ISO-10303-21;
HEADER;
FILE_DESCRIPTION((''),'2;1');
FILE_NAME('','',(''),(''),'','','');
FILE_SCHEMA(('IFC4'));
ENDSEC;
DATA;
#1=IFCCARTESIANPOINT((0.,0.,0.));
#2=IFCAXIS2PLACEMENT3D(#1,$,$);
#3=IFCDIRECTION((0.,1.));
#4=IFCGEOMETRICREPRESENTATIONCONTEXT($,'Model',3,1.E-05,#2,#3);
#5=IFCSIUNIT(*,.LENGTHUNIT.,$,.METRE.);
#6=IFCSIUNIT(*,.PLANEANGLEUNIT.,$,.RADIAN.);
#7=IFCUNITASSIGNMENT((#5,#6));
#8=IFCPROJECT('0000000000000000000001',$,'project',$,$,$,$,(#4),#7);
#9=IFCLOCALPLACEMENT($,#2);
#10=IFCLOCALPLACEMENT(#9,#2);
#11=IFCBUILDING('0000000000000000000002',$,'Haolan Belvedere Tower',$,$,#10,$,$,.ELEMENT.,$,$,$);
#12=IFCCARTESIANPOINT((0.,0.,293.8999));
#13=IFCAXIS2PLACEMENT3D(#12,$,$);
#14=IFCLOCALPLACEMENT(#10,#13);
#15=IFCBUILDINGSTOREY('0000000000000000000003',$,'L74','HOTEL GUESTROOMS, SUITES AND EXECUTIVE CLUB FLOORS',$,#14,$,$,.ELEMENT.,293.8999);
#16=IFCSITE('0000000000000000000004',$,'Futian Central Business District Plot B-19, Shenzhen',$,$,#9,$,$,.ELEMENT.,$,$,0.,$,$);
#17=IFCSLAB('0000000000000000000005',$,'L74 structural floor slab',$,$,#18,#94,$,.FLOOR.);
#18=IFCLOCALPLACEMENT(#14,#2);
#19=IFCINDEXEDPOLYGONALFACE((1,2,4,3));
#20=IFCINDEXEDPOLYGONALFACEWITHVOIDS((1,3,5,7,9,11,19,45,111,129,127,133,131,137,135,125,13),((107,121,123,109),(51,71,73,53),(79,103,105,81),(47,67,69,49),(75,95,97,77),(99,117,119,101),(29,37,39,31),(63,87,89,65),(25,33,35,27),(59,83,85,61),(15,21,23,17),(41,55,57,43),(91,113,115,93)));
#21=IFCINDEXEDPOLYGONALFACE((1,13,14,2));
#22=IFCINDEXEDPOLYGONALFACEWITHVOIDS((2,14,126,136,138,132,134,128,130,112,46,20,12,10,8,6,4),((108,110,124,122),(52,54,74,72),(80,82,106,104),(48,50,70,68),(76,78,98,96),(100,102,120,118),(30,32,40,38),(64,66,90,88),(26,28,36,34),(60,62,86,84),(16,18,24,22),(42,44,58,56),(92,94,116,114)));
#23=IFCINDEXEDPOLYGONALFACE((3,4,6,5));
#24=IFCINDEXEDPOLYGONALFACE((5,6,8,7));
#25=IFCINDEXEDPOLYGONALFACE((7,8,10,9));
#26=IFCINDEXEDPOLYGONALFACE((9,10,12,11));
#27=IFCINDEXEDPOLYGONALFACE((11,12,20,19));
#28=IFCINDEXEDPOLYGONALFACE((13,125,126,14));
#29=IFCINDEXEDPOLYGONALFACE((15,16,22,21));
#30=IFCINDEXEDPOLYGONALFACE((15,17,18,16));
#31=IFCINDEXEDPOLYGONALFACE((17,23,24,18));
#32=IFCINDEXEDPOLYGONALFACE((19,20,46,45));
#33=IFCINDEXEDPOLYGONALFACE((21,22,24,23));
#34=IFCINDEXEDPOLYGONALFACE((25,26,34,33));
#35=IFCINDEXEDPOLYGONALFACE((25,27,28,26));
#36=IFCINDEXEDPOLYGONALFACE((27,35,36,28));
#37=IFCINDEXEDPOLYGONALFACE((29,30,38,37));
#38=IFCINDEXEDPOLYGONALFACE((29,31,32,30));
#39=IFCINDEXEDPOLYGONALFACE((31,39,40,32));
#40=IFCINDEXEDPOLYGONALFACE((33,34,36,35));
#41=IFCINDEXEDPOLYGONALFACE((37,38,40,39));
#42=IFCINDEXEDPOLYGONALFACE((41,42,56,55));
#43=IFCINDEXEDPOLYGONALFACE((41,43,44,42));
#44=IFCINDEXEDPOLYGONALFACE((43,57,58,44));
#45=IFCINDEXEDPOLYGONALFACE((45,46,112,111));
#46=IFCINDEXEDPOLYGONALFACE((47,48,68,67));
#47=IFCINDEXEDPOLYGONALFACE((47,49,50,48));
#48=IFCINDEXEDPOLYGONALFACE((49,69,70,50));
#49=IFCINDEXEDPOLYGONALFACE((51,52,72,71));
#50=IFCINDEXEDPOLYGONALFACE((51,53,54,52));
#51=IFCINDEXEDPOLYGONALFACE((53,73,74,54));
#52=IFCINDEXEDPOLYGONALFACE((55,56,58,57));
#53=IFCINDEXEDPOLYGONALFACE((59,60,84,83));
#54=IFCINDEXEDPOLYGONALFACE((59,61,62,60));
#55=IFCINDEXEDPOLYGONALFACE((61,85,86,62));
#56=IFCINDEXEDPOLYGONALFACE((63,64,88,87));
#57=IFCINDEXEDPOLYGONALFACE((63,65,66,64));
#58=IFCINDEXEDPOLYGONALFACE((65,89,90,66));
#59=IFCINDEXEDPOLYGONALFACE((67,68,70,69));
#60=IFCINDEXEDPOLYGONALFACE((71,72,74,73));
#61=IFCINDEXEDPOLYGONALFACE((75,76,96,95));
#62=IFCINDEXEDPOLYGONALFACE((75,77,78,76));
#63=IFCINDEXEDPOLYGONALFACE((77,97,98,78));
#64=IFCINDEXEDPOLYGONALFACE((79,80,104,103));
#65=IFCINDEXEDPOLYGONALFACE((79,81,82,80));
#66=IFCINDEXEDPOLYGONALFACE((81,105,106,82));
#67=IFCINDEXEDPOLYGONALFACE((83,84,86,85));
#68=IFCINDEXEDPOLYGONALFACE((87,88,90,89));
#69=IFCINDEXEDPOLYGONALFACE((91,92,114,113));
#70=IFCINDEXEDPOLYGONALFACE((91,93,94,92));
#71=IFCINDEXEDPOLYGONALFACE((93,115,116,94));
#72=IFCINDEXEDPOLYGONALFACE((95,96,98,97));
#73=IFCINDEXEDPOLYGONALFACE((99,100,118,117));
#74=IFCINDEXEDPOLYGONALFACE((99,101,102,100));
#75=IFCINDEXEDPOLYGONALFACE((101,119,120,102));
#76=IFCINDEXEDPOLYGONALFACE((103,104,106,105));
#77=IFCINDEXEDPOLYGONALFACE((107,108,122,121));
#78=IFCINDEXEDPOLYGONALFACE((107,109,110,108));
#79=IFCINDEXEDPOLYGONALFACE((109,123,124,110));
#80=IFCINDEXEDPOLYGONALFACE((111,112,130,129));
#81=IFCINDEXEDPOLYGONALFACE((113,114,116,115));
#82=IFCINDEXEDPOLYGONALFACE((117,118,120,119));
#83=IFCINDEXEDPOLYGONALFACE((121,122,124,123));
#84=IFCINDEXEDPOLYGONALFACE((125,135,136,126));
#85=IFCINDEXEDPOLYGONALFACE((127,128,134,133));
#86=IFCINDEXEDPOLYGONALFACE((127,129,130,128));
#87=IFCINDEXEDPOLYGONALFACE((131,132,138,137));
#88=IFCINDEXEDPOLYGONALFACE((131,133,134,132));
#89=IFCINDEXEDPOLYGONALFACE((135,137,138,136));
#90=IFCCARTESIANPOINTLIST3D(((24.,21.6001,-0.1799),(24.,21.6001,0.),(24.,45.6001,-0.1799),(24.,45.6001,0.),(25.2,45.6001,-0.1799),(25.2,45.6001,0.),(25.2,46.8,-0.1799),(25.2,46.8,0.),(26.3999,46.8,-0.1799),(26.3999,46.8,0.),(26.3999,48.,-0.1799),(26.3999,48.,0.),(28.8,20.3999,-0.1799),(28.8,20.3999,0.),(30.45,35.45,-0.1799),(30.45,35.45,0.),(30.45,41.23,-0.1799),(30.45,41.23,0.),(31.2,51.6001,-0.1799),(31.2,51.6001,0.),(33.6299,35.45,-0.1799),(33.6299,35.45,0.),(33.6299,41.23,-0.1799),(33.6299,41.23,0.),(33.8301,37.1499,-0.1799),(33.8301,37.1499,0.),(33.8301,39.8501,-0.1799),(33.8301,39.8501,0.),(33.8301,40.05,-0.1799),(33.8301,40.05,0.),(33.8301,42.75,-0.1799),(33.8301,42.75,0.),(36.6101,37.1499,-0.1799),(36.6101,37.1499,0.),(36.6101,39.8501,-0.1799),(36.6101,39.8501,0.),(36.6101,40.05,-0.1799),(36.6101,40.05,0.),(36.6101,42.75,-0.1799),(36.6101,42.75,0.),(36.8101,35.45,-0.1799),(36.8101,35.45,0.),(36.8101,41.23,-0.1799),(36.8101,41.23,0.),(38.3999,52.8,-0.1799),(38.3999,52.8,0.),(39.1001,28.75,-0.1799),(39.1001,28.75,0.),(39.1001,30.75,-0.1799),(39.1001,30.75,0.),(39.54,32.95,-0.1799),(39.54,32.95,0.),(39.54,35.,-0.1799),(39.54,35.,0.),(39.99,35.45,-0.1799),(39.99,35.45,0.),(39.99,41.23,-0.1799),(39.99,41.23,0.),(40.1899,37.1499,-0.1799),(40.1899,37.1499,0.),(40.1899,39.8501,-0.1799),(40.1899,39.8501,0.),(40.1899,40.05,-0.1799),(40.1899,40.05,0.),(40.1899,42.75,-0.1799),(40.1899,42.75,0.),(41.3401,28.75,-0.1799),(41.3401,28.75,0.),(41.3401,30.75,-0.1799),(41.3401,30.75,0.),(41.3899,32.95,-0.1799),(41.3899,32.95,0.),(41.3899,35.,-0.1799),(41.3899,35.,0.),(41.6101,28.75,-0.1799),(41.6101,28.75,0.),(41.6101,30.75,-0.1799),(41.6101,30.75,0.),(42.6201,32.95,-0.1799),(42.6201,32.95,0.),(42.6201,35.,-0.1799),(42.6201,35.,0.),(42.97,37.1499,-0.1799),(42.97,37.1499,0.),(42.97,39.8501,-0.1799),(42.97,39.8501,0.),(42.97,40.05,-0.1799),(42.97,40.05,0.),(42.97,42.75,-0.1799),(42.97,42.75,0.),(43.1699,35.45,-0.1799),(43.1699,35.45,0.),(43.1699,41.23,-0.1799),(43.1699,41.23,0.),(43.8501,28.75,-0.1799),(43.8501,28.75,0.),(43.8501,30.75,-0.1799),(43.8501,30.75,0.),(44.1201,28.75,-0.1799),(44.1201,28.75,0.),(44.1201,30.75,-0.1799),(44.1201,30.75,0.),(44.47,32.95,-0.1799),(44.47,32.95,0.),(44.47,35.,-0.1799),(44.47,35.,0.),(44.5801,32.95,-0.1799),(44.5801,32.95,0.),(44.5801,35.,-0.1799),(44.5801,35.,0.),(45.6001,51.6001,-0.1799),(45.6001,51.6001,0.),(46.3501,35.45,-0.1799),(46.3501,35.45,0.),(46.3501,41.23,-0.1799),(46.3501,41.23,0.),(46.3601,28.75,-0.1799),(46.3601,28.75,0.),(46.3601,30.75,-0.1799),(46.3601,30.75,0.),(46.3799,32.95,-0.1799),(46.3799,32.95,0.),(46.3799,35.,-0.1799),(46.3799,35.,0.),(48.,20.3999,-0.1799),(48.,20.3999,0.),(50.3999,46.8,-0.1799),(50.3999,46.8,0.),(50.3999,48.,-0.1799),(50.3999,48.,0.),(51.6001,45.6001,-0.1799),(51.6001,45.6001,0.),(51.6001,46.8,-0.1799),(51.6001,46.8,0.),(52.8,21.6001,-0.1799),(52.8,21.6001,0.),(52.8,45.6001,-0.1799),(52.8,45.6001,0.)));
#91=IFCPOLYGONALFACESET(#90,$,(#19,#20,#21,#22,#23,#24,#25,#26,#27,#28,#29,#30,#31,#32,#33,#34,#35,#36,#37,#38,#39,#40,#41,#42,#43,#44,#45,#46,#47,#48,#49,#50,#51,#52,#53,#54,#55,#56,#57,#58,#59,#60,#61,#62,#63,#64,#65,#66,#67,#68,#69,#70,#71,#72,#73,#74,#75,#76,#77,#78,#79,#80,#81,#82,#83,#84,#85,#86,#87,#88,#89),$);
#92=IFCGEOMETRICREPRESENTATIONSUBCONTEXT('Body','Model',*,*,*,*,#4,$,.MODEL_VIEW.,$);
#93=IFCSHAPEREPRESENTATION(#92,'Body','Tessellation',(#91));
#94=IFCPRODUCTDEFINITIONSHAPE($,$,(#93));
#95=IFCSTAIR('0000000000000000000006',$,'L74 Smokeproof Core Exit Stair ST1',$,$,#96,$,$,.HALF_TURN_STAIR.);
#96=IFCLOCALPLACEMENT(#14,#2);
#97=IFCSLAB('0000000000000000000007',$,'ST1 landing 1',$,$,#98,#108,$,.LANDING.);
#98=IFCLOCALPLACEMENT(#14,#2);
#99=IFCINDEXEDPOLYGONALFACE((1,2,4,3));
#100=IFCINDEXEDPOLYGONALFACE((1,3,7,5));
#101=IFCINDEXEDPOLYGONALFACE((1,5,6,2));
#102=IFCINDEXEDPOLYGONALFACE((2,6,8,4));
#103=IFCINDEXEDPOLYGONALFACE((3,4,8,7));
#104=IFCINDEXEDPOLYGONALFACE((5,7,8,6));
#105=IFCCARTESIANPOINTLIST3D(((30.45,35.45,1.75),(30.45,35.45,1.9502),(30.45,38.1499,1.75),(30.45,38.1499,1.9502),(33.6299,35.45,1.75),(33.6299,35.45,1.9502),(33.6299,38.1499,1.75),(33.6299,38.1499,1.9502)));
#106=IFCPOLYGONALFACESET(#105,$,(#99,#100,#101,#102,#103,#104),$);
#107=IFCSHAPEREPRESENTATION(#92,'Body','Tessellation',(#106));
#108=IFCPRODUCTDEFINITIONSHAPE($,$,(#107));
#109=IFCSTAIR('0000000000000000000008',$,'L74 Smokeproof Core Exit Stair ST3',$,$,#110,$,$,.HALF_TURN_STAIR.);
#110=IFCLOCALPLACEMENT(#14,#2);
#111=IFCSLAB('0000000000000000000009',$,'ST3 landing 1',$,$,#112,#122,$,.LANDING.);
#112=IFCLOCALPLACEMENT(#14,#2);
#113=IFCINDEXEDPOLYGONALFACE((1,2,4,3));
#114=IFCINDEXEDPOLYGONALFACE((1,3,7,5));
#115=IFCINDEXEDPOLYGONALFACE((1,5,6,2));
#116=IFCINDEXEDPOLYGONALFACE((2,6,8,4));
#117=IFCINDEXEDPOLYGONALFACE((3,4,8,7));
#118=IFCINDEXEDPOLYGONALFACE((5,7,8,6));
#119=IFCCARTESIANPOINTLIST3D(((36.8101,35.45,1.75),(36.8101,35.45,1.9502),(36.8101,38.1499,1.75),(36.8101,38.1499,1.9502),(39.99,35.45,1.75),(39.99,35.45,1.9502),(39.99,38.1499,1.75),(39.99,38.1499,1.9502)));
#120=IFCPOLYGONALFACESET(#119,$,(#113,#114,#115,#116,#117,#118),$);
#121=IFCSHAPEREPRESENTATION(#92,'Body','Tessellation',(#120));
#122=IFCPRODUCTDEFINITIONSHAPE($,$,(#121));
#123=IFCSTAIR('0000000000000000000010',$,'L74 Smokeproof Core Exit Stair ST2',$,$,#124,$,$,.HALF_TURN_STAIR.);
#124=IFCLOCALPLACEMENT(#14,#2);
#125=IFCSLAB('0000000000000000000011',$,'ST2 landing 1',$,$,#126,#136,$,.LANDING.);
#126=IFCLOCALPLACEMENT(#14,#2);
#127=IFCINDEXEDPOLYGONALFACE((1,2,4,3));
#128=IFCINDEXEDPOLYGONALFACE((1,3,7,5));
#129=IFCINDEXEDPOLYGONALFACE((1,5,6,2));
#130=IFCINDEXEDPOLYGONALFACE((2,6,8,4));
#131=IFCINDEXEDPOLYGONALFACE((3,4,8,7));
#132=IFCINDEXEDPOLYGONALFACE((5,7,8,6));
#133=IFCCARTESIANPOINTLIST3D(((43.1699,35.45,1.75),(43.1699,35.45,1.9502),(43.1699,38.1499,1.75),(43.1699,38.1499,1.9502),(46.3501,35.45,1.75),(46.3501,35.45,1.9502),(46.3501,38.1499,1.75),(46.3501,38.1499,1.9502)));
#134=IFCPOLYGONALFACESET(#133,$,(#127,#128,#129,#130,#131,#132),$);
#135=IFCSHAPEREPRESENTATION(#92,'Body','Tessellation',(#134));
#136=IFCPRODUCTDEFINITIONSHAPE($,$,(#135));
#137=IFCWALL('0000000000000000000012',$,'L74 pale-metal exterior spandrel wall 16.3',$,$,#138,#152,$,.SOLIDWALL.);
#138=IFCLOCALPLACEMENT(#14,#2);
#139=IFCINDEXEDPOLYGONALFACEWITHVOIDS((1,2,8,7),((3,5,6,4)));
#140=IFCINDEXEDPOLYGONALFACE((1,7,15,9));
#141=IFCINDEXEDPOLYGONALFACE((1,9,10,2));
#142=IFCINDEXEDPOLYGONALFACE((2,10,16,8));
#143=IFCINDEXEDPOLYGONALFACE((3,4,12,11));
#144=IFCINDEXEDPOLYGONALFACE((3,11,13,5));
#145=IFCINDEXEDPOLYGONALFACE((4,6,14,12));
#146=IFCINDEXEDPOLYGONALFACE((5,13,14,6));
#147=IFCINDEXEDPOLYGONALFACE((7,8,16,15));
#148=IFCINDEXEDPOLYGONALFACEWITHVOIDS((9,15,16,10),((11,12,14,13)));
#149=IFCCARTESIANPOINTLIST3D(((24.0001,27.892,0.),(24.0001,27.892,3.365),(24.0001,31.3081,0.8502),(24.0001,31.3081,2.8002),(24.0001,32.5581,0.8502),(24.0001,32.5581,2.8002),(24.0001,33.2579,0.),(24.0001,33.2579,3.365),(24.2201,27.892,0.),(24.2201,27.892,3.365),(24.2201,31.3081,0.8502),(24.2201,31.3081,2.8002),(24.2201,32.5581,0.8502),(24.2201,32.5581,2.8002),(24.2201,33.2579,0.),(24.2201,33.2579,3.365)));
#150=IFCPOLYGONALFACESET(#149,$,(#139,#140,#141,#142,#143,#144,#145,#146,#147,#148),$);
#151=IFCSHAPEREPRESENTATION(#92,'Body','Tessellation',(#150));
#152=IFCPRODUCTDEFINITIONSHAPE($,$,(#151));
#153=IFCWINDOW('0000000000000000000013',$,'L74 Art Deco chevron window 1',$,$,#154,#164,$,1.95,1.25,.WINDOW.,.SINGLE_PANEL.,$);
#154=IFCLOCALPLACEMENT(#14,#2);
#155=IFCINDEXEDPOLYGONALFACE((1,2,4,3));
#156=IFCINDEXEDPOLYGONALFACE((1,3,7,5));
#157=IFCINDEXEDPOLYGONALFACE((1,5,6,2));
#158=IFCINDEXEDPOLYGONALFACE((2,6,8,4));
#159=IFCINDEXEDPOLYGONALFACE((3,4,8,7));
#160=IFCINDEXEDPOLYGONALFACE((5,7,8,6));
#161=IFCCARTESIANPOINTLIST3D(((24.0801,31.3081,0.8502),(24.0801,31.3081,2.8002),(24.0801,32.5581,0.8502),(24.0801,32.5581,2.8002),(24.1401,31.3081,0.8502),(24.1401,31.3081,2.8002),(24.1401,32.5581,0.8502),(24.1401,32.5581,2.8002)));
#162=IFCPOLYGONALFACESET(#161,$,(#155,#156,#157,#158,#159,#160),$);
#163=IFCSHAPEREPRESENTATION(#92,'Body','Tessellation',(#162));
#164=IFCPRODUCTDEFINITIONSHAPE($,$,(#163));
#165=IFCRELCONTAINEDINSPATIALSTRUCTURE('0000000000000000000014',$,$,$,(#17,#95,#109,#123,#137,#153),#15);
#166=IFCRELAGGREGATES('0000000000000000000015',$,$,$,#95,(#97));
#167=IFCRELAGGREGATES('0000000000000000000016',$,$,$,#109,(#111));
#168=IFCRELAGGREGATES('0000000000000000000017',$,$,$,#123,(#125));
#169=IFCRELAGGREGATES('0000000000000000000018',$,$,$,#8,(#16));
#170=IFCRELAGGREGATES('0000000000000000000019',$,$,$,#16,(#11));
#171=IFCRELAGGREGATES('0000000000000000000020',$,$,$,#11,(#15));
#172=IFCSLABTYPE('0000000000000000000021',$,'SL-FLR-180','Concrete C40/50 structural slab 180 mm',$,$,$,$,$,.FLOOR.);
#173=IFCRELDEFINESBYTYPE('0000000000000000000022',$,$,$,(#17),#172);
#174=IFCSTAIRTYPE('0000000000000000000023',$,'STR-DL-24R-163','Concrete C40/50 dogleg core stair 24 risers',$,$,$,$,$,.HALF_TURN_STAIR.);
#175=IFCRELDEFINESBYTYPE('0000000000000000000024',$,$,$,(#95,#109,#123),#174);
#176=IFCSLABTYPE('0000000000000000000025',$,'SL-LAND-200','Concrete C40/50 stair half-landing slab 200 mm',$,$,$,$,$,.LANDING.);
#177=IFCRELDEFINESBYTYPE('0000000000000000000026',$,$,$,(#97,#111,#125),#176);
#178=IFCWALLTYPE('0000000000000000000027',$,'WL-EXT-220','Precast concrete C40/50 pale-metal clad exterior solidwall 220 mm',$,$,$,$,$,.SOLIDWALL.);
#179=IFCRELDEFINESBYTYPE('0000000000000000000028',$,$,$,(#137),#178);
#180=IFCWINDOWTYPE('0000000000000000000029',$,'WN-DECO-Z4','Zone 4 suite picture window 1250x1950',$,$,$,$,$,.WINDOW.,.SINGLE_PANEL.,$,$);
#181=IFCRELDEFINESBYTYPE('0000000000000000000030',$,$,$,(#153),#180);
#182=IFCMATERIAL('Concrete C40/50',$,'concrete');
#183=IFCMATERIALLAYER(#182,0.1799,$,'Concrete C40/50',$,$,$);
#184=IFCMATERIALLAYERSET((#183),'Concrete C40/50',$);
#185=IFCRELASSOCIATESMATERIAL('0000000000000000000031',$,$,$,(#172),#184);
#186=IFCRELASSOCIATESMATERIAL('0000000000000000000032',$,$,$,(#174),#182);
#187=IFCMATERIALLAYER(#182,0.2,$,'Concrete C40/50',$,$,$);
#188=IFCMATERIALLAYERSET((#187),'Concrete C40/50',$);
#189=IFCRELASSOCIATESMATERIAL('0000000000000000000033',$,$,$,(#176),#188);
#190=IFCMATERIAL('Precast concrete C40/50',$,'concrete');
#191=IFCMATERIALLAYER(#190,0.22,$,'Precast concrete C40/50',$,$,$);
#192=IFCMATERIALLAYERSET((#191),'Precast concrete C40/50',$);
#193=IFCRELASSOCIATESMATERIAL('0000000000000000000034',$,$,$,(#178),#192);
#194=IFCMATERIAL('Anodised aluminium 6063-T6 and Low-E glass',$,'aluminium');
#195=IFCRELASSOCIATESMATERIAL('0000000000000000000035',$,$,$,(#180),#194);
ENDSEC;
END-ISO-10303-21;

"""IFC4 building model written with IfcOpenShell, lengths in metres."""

from ifc_helpers import new_model, si_unit, direction, frame, frame_2d, origin, place, context, subcontext, project, spatial, polyline, rectangle, outline, extrude, material, layer, layer_set, type_object, element, fill, aggregate, save


model = new_model("IFC4")

# Units and contexts
model_context = context("Model", 3, precision=1e-05, world=origin(), true_north=direction((0.0, 1.0)))
body_context = subcontext(model_context, "Body", "Model", "MODEL_VIEW")
ifc_project = project(units=[si_unit("LENGTHUNIT", "METRE"), si_unit("PLANEANGLEUNIT", "RADIAN")], contexts=[model_context])

# Site, building, storey
site_placement = place(None, origin())
site = spatial("IfcSite", under=ifc_project, at=site_placement, Name="Futian Central Business District Plot B-19, Shenzhen", CompositionType="ELEMENT", RefElevation=0.0)
building_placement = place(site_placement, origin())
building = spatial("IfcBuilding", under=site, at=building_placement, Name="Haolan Belvedere Tower", CompositionType="ELEMENT")
storey_placement = place(building_placement, frame((0.0, 0.0, 293.8999)))
storey = spatial("IfcBuildingStorey", under=building, at=storey_placement, Name="L74", Description="HOTEL GUESTROOMS, SUITES AND EXECUTIVE CLUB FLOORS", CompositionType="ELEMENT", Elevation=293.8999)

# Slab
ifc_material_1 = material(Name="Concrete C40/50", Category="concrete")
ifc_layer_1 = layer(ifc_material_1, 0.1799, Name="Concrete C40/50")
ifc_layer_set_1 = layer_set([ifc_layer_1], Name="Concrete C40/50")
slab_type_1 = type_object("IfcSlabType", Name="SL-FLR-180", Description="Concrete C40/50 structural slab 180 mm", PredefinedType="FLOOR", material=ifc_layer_set_1)
slab_1_placement = place(storey_placement, frame((0.0, 0.0, -0.1799)))
element("IfcSlab", 1, at=slab_1_placement, inside=storey, type_object=slab_type_1, Name="L74 structural floor slab", PredefinedType="FLOOR", context=body_context, shape_type="SweptSolid", body=[
    extrude(outline(polyline([(24.0, 21.6001), (28.8, 20.3999), (48.0, 20.3999), (52.8, 21.6001), (52.8, 45.6001), (52.8, 45.6001), (51.6001, 45.6001), (51.6001, 46.8), (50.3999, 46.8), (50.3999, 48.0), (45.6001, 51.6001), (38.3999, 52.8), (31.2, 51.6001), (26.3999, 48.0), (26.3999, 46.8), (25.2, 46.8), (25.2, 45.6001), (24.0, 45.6001), (24.0, 45.6001), (24.0, 21.6001)]), holes=[polyline([(30.45, 41.23), (30.45, 35.45), (33.6299, 35.45), (33.6299, 41.23), (30.45, 41.23)]), polyline([(36.8101, 41.23), (36.8101, 35.45), (39.99, 35.45), (39.99, 41.23), (36.8101, 41.23)]), polyline([(43.1699, 41.23), (43.1699, 35.45), (46.3501, 35.45), (46.3501, 41.23), (43.1699, 41.23)]), polyline([(33.8301, 40.05), (36.6101, 40.05), (36.6101, 42.75), (33.8301, 42.75), (33.8301, 40.05)]), polyline([(33.8301, 37.1499), (36.6101, 37.1499), (36.6101, 39.8501), (33.8301, 39.8501), (33.8301, 37.1499)]), polyline([(40.1899, 40.05), (42.97, 40.05), (42.97, 42.75), (40.1899, 42.75), (40.1899, 40.05)]), polyline([(40.1899, 37.1499), (42.97, 37.1499), (42.97, 39.8501), (40.1899, 39.8501), (40.1899, 37.1499)]), polyline([(39.54, 32.95), (41.3899, 32.95), (41.3899, 35.0), (39.54, 35.0), (39.54, 32.95)]), polyline([(42.6201, 32.95), (44.47, 32.95), (44.47, 35.0), (42.6201, 35.0), (42.6201, 32.95)]), polyline([(44.5801, 32.95), (46.3799, 32.95), (46.3799, 35.0), (44.5801, 35.0), (44.5801, 32.95)]), polyline([(39.1001, 28.75), (41.3401, 28.75), (41.3401, 30.75), (39.1001, 30.75), (39.1001, 28.75)]), polyline([(41.6101, 28.75), (43.8501, 28.75), (43.8501, 30.75), (41.6101, 30.75), (41.6101, 28.75)]), polyline([(44.1201, 28.75), (46.3601, 28.75), (46.3601, 30.75), (44.1201, 30.75), (44.1201, 28.75)])]), origin(), (0.0, 0.0, 1.0), 0.1799),
])

# Stairs, slabs
stair_type = type_object("IfcStairType", Name="STR-DL-24R-163", Description="Concrete C40/50 dogleg core stair 24 risers", PredefinedType="HALF_TURN_STAIR", material=ifc_material_1)
stair_1_placement = place(storey_placement, origin())
stair_1 = element("IfcStair", 2, at=stair_1_placement, inside=storey, type_object=stair_type, Name="L74 Smokeproof Core Exit Stair ST1", PredefinedType="HALF_TURN_STAIR")
ifc_layer_2 = layer(ifc_material_1, 0.2, Name="Concrete C40/50")
ifc_layer_set_2 = layer_set([ifc_layer_2], Name="Concrete C40/50")
slab_type_2 = type_object("IfcSlabType", Name="SL-LAND-200", Description="Concrete C40/50 stair half-landing slab 200 mm", PredefinedType="LANDING", material=ifc_layer_set_2)
slab_2_placement = place(storey_placement, frame((0.0, 0.0, 1.75)))
slab_2 = element("IfcSlab", 3, at=slab_2_placement, type_object=slab_type_2, Name="ST1 landing 1", PredefinedType="LANDING", context=body_context, shape_type="SweptSolid", body=[
    extrude(outline(polyline([(30.45, 38.1499), (30.45, 35.45), (33.6299, 35.45), (33.6299, 38.1499), (30.45, 38.1499)])), origin(), (0.0, 0.0, 1.0), 0.2002),
])
aggregate(stair_1, [slab_2])
stair_2_placement = place(storey_placement, origin())
stair_2 = element("IfcStair", 4, at=stair_2_placement, inside=storey, type_object=stair_type, Name="L74 Smokeproof Core Exit Stair ST3", PredefinedType="HALF_TURN_STAIR")
slab_3_placement = place(storey_placement, frame((0.0, 0.0, 1.75)))
slab_3 = element("IfcSlab", 5, at=slab_3_placement, type_object=slab_type_2, Name="ST3 landing 1", PredefinedType="LANDING", context=body_context, shape_type="SweptSolid", body=[
    extrude(outline(polyline([(36.8101, 38.1499), (36.8101, 35.45), (39.99, 35.45), (39.99, 38.1499), (36.8101, 38.1499)])), origin(), (0.0, 0.0, 1.0), 0.2002),
])
aggregate(stair_2, [slab_3])
stair_3_placement = place(storey_placement, origin())
stair_3 = element("IfcStair", 6, at=stair_3_placement, inside=storey, type_object=stair_type, Name="L74 Smokeproof Core Exit Stair ST2", PredefinedType="HALF_TURN_STAIR")
slab_4_placement = place(storey_placement, frame((0.0, 0.0, 1.75)))
slab_4 = element("IfcSlab", 7, at=slab_4_placement, type_object=slab_type_2, Name="ST2 landing 1", PredefinedType="LANDING", context=body_context, shape_type="SweptSolid", body=[
    extrude(outline(polyline([(43.1699, 38.1499), (43.1699, 35.45), (46.3501, 35.45), (46.3501, 38.1499), (43.1699, 38.1499)])), origin(), (0.0, 0.0, 1.0), 0.2002),
])
aggregate(stair_3, [slab_4])

# Wall, opening, window
ifc_material_2 = material(Name="Precast concrete C40/50", Category="concrete")
ifc_layer_3 = layer(ifc_material_2, 0.22, Name="Precast concrete C40/50")
ifc_layer_set_3 = layer_set([ifc_layer_3], Name="Precast concrete C40/50")
wall_type_1 = type_object("IfcWallType", Name="WL-EXT-220", Description="Precast concrete C40/50 pale-metal clad exterior solidwall 220 mm", PredefinedType="SOLIDWALL", material=ifc_layer_set_3)
wall_1_placement = place(storey_placement, frame((24.1101, 33.2581, 0.0), z_axis=(0.0, 0.0, 1.0), x_axis=(0.0, -1.0, 0.0)))
wall_1 = element("IfcWall", 8, at=wall_1_placement, inside=storey, type_object=wall_type_1, Name="L74 pale-metal exterior spandrel wall 16.3", PredefinedType="SOLIDWALL", context=body_context, shape_type="SweptSolid", body=[
    extrude(rectangle(XDim=5.366, YDim=0.22, at=frame_2d((2.6831, 0.0))), origin(), (0.0, 0.0, 1.0), 3.365),
])
opening_1_placement = place(wall_1_placement, frame((0.7, 0.0, 0.8501)))
opening_1 = element("IfcOpeningElement", 9, at=opening_1_placement, cuts=wall_1, PredefinedType="OPENING", context=body_context, shape_type="SweptSolid", body=[
    extrude(rectangle(XDim=1.25, YDim=1.95, at=frame_2d((0.625, 0.9751))), frame((0.0, 0.1199, 0.0), z_axis=(0.0, -1.0, 0.0), x_axis=(1.0, 0.0, 0.0)), (0.0, 0.0, 1.0), 0.24),
])
ifc_material_3 = material(Name="Anodised aluminium 6063-T6 and Low-E glass", Category="aluminium")
window_type = type_object("IfcWindowType", Name="WN-DECO-Z4", Description="Zone 4 suite picture window 1250x1950", PartitioningType="SINGLE_PANEL", PredefinedType="WINDOW", material=ifc_material_3)
window_1_placement = place(opening_1_placement, origin())
window_1 = element("IfcWindow", 10, at=window_1_placement, inside=storey, type_object=window_type, Name="L74 Art Deco chevron window 1", OverallHeight=1.95, OverallWidth=1.25, PartitioningType="SINGLE_PANEL", PredefinedType="WINDOW", context=body_context, shape_type="SweptSolid", body=[
    extrude(rectangle(XDim=1.25, YDim=1.95, at=frame_2d((0.625, 0.9751))), frame((0.0, 0.03, 0.0), z_axis=(0.0, -1.0, 0.0), x_axis=(1.0, 0.0, 0.0)), (0.0, 0.0, 1.0), 0.0601),
])
fill(opening_1, window_1)

save(model, "model.ifc")
